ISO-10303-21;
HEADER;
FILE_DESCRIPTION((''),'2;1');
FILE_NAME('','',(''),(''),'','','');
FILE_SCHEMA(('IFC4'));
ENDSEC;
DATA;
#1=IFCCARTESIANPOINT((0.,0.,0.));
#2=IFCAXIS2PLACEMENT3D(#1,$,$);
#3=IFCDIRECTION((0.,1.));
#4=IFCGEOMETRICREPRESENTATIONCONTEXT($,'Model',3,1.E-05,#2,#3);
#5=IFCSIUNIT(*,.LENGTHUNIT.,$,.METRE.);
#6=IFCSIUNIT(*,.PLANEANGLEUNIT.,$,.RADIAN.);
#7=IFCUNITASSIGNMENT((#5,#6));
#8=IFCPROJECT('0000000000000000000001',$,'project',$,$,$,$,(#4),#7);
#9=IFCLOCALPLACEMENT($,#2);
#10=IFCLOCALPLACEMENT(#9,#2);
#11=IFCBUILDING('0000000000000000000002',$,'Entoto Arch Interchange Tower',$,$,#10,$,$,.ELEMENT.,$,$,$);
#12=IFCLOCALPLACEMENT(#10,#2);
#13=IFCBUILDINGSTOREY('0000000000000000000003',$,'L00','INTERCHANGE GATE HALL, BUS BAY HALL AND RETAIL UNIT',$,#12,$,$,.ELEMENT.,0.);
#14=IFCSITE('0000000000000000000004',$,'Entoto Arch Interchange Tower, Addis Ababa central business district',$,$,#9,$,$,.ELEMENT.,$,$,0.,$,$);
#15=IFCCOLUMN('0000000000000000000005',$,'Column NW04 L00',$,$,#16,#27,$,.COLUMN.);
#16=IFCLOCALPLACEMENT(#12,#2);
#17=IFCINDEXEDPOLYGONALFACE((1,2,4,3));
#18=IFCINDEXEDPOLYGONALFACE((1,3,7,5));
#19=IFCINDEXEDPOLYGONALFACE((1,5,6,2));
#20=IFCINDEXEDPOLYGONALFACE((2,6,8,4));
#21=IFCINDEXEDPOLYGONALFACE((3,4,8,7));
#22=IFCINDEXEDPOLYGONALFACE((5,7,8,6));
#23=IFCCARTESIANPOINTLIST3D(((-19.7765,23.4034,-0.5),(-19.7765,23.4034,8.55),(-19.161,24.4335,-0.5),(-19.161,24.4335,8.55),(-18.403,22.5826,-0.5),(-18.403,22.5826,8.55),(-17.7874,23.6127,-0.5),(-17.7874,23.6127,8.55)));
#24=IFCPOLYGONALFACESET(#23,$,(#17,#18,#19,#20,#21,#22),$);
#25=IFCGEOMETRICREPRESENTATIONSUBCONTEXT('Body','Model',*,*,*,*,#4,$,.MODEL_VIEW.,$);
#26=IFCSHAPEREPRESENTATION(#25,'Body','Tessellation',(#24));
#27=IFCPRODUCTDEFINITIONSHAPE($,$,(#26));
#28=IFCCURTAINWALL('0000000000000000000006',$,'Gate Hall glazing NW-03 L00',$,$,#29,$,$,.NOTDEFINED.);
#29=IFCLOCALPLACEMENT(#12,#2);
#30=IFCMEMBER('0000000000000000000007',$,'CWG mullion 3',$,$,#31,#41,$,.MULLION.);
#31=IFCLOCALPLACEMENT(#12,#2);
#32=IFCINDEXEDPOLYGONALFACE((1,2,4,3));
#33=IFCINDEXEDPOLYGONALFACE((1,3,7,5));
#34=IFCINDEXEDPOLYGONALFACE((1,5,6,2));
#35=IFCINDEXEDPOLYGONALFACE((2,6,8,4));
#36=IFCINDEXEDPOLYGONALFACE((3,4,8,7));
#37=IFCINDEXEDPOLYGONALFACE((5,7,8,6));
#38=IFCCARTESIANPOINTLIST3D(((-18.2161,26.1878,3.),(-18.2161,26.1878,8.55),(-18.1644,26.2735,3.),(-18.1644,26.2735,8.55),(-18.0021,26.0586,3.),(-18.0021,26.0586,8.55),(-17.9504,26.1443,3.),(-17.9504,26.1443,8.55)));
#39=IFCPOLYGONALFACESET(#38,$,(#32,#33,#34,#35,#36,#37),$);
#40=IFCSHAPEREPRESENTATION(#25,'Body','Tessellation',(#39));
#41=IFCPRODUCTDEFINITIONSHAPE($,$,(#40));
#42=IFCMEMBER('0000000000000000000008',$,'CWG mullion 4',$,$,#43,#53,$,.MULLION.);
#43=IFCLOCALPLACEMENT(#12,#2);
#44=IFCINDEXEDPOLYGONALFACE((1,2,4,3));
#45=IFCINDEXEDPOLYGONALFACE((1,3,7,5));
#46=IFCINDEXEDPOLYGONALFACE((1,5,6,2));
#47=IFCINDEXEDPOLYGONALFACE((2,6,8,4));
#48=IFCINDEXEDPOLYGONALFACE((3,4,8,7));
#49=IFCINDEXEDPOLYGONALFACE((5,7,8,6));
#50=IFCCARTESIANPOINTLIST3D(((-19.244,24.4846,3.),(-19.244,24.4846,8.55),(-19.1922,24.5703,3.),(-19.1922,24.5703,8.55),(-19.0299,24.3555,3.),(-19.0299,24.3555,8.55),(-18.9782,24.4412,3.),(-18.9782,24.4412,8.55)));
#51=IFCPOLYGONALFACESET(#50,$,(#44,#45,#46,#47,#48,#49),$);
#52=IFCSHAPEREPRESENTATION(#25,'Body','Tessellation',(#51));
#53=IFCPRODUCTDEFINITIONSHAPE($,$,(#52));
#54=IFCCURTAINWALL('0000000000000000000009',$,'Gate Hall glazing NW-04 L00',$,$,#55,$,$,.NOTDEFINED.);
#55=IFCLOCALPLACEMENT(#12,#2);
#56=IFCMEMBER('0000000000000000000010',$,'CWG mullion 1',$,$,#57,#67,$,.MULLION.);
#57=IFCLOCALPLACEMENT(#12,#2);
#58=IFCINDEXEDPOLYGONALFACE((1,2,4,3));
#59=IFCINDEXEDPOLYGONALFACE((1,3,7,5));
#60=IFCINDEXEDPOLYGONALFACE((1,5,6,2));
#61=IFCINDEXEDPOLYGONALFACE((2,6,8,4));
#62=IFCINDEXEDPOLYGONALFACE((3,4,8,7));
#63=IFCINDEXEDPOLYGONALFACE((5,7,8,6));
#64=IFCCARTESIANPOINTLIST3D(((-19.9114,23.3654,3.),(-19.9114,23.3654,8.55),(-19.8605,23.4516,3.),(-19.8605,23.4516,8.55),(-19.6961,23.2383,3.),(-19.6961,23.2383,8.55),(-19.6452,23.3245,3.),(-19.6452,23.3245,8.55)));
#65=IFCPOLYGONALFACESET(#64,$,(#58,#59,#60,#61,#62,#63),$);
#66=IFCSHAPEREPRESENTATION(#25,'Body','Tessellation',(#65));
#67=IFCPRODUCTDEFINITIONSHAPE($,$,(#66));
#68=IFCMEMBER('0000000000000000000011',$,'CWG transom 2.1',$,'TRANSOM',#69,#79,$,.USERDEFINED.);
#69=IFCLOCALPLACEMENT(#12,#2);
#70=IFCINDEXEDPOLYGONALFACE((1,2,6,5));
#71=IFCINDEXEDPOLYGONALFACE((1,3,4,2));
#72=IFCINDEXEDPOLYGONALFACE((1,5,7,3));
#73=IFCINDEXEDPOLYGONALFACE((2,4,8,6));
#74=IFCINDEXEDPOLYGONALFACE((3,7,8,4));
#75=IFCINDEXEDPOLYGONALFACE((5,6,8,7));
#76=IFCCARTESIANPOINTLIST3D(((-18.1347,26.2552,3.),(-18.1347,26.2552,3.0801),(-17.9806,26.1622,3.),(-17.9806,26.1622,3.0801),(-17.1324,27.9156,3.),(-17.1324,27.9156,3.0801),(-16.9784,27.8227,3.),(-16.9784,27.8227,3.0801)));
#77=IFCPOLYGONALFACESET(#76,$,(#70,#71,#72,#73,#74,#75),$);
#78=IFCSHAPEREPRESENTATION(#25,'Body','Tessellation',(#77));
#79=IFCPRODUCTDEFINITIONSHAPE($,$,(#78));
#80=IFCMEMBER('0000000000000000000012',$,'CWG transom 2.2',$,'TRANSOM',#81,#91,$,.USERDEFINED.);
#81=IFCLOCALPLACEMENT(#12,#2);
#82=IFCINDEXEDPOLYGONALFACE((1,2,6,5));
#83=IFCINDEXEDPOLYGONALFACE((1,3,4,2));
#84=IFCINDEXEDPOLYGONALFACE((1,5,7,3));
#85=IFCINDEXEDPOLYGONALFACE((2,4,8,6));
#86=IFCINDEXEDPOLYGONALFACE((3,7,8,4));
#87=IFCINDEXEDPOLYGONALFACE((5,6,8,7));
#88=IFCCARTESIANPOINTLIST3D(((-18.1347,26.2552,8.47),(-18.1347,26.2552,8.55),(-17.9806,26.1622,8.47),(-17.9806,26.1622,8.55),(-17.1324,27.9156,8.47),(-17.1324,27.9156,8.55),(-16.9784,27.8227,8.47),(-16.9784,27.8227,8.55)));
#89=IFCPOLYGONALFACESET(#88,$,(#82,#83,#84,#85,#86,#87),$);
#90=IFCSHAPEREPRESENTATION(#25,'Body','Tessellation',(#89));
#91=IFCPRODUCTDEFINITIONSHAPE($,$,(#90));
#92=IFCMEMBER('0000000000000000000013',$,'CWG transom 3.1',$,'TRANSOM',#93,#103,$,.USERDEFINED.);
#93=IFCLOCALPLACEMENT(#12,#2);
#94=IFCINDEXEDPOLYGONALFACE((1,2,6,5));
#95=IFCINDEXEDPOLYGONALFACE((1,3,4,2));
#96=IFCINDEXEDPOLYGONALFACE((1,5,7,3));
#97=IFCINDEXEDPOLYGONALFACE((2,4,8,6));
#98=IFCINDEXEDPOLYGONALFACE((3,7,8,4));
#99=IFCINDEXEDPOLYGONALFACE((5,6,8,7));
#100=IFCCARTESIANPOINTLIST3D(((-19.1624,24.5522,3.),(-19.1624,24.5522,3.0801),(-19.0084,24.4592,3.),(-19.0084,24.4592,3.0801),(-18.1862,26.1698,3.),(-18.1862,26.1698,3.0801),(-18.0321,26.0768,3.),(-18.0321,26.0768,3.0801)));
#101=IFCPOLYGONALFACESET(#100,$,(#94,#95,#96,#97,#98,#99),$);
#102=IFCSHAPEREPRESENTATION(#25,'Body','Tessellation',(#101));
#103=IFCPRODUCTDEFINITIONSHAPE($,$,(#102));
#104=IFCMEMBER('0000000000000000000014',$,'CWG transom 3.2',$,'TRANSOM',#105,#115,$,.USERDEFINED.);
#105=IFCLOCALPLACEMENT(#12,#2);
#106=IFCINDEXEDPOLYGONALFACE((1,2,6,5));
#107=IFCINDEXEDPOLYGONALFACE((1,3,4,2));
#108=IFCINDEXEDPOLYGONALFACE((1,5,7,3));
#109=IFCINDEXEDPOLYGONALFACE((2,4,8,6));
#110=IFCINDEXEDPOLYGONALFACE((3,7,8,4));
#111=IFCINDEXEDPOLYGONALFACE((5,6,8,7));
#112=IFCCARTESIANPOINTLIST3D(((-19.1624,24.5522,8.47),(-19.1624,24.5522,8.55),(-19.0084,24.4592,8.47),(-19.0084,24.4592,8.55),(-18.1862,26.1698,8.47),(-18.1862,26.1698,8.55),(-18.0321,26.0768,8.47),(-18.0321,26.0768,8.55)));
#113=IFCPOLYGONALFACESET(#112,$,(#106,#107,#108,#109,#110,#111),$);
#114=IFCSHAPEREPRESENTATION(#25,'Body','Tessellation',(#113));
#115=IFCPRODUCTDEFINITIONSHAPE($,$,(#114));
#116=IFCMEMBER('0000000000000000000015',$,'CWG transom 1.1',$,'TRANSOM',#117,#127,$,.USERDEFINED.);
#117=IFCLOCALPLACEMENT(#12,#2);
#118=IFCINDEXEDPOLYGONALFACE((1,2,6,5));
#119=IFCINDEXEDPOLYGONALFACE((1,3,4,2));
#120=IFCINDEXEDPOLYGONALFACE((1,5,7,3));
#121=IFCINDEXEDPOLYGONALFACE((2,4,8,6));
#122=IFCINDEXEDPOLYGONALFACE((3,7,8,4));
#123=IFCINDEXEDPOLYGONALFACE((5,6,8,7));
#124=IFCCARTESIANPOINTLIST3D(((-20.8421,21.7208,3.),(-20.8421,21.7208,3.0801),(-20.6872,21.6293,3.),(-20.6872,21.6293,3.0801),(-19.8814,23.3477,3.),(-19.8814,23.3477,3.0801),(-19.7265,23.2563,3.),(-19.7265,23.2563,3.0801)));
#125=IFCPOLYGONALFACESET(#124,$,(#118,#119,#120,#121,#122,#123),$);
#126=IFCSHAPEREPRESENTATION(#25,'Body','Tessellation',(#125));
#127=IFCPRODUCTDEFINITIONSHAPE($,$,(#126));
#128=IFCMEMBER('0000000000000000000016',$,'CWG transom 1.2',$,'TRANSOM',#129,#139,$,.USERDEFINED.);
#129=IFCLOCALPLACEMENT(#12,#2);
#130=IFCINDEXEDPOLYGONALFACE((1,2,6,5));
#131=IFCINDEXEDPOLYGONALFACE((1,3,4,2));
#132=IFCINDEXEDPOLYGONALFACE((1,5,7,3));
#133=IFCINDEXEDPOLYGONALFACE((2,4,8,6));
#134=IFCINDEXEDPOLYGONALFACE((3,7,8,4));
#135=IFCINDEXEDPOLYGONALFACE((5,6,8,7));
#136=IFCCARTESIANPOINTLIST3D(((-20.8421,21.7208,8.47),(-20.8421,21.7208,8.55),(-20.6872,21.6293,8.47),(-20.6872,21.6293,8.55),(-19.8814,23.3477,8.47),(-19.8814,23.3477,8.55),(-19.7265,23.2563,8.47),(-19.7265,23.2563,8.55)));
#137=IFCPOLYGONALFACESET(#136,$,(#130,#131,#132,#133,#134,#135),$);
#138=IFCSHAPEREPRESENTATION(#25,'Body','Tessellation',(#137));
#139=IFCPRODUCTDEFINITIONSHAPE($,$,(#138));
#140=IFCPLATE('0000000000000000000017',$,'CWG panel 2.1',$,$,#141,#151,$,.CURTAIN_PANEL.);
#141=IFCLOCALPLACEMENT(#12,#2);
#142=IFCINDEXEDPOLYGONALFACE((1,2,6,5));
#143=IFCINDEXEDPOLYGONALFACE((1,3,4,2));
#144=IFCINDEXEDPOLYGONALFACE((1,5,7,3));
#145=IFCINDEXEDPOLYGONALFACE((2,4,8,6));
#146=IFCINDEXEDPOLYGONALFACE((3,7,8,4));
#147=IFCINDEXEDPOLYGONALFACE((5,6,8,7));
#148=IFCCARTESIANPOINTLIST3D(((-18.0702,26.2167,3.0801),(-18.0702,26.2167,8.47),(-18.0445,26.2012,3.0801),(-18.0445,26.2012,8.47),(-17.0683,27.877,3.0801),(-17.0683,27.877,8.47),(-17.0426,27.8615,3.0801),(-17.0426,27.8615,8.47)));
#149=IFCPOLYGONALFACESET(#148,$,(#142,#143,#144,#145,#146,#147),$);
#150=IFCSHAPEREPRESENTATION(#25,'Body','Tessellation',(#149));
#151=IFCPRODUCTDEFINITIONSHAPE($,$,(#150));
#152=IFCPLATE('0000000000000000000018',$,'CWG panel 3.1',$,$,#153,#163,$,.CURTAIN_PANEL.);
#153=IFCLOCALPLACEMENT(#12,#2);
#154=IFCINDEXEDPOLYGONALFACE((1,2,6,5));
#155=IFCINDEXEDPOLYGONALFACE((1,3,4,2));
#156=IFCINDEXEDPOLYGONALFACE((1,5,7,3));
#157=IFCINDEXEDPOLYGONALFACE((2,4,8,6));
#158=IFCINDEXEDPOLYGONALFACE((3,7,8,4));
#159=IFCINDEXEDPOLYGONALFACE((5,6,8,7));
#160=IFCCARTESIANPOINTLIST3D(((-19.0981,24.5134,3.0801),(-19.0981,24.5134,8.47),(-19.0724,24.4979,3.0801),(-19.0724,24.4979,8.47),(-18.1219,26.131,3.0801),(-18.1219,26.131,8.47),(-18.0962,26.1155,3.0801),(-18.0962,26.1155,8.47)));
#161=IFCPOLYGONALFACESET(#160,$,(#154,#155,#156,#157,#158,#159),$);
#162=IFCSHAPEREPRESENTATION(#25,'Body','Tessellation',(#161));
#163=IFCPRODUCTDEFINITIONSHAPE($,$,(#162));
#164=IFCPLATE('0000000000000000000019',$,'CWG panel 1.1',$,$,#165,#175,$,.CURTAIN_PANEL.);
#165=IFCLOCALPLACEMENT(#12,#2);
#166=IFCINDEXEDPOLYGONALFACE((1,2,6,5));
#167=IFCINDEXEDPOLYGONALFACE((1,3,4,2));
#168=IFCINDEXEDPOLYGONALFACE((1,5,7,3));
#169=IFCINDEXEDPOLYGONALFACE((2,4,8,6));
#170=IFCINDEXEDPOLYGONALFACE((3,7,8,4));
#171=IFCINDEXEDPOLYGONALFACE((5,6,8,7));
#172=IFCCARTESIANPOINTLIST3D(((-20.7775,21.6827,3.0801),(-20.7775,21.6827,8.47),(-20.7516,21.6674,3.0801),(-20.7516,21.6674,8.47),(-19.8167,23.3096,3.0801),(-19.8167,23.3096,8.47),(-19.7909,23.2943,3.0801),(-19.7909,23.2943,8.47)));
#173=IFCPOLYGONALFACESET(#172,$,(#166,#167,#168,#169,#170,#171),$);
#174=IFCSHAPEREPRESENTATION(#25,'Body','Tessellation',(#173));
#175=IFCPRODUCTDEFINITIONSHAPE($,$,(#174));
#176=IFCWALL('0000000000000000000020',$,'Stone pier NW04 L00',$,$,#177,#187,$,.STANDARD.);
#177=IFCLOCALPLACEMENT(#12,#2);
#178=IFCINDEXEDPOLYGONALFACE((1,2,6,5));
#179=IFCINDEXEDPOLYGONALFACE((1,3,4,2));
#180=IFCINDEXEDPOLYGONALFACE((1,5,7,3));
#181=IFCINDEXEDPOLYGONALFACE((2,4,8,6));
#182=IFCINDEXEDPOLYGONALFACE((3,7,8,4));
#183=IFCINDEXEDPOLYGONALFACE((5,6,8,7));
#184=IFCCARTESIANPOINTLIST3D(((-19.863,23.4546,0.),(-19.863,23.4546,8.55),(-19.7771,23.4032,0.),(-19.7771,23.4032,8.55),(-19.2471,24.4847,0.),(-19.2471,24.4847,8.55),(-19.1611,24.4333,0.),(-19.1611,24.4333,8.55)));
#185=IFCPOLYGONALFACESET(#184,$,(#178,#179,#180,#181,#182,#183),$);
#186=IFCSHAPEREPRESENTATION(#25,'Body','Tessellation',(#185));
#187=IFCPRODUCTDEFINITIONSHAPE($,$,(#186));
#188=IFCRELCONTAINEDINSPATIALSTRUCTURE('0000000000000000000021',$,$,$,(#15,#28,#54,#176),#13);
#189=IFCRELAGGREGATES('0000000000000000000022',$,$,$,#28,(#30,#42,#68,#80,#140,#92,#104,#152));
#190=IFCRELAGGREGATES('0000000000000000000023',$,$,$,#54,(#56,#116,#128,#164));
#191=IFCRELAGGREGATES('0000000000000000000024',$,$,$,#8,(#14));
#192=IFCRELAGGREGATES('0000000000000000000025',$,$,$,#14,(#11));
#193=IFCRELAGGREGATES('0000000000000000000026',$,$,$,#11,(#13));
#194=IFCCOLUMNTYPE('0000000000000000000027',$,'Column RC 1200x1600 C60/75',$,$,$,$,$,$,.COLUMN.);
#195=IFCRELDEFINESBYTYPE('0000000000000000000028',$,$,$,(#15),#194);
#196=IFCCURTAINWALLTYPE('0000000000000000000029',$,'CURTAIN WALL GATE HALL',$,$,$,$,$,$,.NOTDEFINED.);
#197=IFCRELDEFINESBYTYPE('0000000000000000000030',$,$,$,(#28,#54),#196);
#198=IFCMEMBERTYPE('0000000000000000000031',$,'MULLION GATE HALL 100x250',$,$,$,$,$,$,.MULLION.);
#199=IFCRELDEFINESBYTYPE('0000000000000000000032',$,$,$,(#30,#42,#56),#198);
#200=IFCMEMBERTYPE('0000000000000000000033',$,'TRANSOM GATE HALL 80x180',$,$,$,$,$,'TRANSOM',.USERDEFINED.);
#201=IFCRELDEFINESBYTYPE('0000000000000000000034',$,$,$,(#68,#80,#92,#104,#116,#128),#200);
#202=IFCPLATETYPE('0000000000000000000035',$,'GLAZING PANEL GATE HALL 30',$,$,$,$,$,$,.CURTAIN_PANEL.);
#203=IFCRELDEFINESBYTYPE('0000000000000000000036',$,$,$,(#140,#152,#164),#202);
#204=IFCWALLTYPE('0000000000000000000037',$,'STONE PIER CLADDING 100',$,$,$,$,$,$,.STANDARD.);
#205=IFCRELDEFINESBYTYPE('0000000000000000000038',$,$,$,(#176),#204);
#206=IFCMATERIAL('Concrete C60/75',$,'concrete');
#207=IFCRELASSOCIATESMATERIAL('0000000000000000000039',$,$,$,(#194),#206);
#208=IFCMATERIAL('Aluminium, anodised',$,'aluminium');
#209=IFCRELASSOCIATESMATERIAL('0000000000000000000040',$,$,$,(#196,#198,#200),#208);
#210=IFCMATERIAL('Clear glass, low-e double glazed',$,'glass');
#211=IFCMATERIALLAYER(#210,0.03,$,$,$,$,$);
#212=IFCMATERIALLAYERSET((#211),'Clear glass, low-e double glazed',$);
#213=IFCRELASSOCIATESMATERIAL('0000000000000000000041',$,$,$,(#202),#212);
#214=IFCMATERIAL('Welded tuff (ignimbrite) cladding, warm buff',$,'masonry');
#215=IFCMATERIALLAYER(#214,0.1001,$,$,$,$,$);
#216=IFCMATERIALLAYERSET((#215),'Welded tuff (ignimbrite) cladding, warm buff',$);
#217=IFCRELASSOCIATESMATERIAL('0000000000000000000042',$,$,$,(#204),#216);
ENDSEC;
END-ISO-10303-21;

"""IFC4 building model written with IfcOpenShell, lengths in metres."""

from ifc_helpers import new_model, si_unit, direction, frame, frame_2d, origin, origin_2d, place, context, subcontext, project, spatial, rectangle, extrude, material, layer, layer_set, material_profile, profile_set, type_object, element, aggregate, save


model = new_model("IFC4")

# Units and contexts
model_context = context("Model", 3, precision=1e-05, world=origin(), true_north=direction((0.0, 1.0)))
body_context = subcontext(model_context, "Body", "Model", "MODEL_VIEW")
ifc_project = project(units=[si_unit("LENGTHUNIT", "METRE"), si_unit("PLANEANGLEUNIT", "RADIAN")], contexts=[model_context])

# Site, building, storey
site_placement = place(None, origin())
site = spatial("IfcSite", under=ifc_project, at=site_placement, Name="Entoto Arch Interchange Tower, Addis Ababa central business district", CompositionType="ELEMENT", RefElevation=0.0)
building_placement = place(site_placement, origin())
building = spatial("IfcBuilding", under=site, at=building_placement, Name="Entoto Arch Interchange Tower", CompositionType="ELEMENT")
storey_placement = place(building_placement, origin())
storey = spatial("IfcBuildingStorey", under=building, at=storey_placement, Name="L00", Description="INTERCHANGE GATE HALL, BUS BAY HALL AND RETAIL UNIT", CompositionType="ELEMENT", Elevation=0.0)

# Column
ifc_material_1 = material(Name="Concrete C60/75", Category="concrete")
ifc_material_profile_1 = material_profile(ifc_material_1, rectangle(XDim=1.2, YDim=1.6001, at=origin_2d()))
ifc_profile_set_1 = profile_set([ifc_material_profile_1], Name="Concrete C60/75")
column_type = type_object("IfcColumnType", Name="Column RC 1200x1600 C60/75", PredefinedType="COLUMN", material=ifc_profile_set_1)
column_placement = place(storey_placement, frame((-18.782, 23.5081, -0.5), z_axis=(0.0, 0.0, 1.0), x_axis=(0.512972, 0.858405, 0.0)))
element("IfcColumn", 1, at=column_placement, inside=storey, type_object=column_type, Name="Column NW04 L00", PredefinedType="COLUMN", context=body_context, shape_type="SweptSolid", body=[
    extrude(rectangle(XDim=1.2, YDim=1.6001, at=origin_2d()), origin(), (0.0, 0.0, 1.0), 9.05),
])

# Curtain wall, members
ifc_material_2 = material(Name="Aluminium, anodised", Category="aluminium")
curtain_wall_type = type_object("IfcCurtainWallType", Name="CURTAIN WALL GATE HALL", PredefinedType="NOTDEFINED", material=ifc_material_2)
curtain_wall_1_placement = place(storey_placement, origin())
curtain_wall_1 = element("IfcCurtainWall", 2, at=curtain_wall_1_placement, inside=storey, type_object=curtain_wall_type, Name="Gate Hall glazing NW-03 L00", PredefinedType="NOTDEFINED")
ifc_material_profile_2 = material_profile(ifc_material_2, rectangle(XDim=0.25, YDim=0.1001, at=origin_2d()))
ifc_profile_set_2 = profile_set([ifc_material_profile_2], Name="Aluminium, anodised")
member_type_1 = type_object("IfcMemberType", Name="MULLION GATE HALL 100x250", PredefinedType="MULLION", material=ifc_profile_set_2)
member_1_placement = place(storey_placement, frame((-18.0833, 26.166, 3.0), z_axis=(0.0, 0.0, 1.0), x_axis=(0.856178, -0.516681, 0.0)))
member_1 = element("IfcMember", 3, at=member_1_placement, type_object=member_type_1, Name="CWG mullion 3", PredefinedType="MULLION", context=body_context, shape_type="SweptSolid", body=[
    extrude(rectangle(XDim=0.25, YDim=0.1001, at=origin_2d()), origin(), (0.0, 0.0, 1.0), 5.55),
])
member_2_placement = place(storey_placement, frame((-19.1111, 24.4629, 3.0), z_axis=(0.0, 0.0, 1.0), x_axis=(0.856178, -0.516681, 0.0)))
member_2 = element("IfcMember", 4, at=member_2_placement, type_object=member_type_1, Name="CWG mullion 4", PredefinedType="MULLION", context=body_context, shape_type="SweptSolid", body=[
    extrude(rectangle(XDim=0.25, YDim=0.1001, at=origin_2d()), origin(), (0.0, 0.0, 1.0), 5.55),
])

# Curtain wall, member
curtain_wall_2_placement = place(storey_placement, origin())
curtain_wall_2 = element("IfcCurtainWall", 5, at=curtain_wall_2_placement, inside=storey, type_object=curtain_wall_type, Name="Gate Hall glazing NW-04 L00", PredefinedType="NOTDEFINED")
member_3_placement = place(storey_placement, frame((-19.7783, 23.345, 3.0), z_axis=(0.0, 0.0, 1.0), x_axis=(0.861063, -0.508498, 0.0)))
member_3 = element("IfcMember", 6, at=member_3_placement, type_object=member_type_1, Name="CWG mullion 1", PredefinedType="MULLION", context=body_context, shape_type="SweptSolid", body=[
    extrude(rectangle(XDim=0.25, YDim=0.1001, at=origin_2d()), origin(), (0.0, 0.0, 1.0), 5.55),
])

# Members
ifc_material_profile_3 = material_profile(ifc_material_2, rectangle(XDim=0.1799, YDim=0.0801, at=origin_2d()))
ifc_profile_set_3 = profile_set([ifc_material_profile_3], Name="Aluminium, anodised")
member_type_2 = type_object("IfcMemberType", Name="TRANSOM GATE HALL 80x180", ElementType="TRANSOM", PredefinedType="USERDEFINED", material=ifc_profile_set_3)
member_4_placement = place(storey_placement, frame((-17.0554, 27.8691, 3.04), z_axis=(-0.516752, -0.856135, 0.0), x_axis=(0.856135, -0.516752, 0.0)))
member_4 = element("IfcMember", 7, at=member_4_placement, type_object=member_type_2, Name="CWG transom 2.1", ObjectType="TRANSOM", PredefinedType="USERDEFINED", context=body_context, shape_type="SweptSolid", body=[
    extrude(rectangle(XDim=0.1799, YDim=0.0801, at=origin_2d()), origin(), (0.0, 0.0, 1.0), 1.9395),
])
member_5_placement = place(storey_placement, frame((-17.0554, 27.8691, 8.51), z_axis=(-0.516752, -0.856135, 0.0), x_axis=(0.856135, -0.516752, 0.0)))
member_5 = element("IfcMember", 8, at=member_5_placement, type_object=member_type_2, Name="CWG transom 2.2", ObjectType="TRANSOM", PredefinedType="USERDEFINED", context=body_context, shape_type="SweptSolid", body=[
    extrude(rectangle(XDim=0.1799, YDim=0.0801, at=origin_2d()), origin(), (0.0, 0.0, 1.0), 1.9395),
])
member_6_placement = place(storey_placement, frame((-18.1091, 26.1233, 3.04), z_axis=(-0.516717, -0.856156, 0.0), x_axis=(0.856156, -0.516717, 0.0)))
member_6 = element("IfcMember", 9, at=member_6_placement, type_object=member_type_2, Name="CWG transom 3.1", ObjectType="TRANSOM", PredefinedType="USERDEFINED", context=body_context, shape_type="SweptSolid", body=[
    extrude(rectangle(XDim=0.1799, YDim=0.0801, at=origin_2d()), origin(), (0.0, 0.0, 1.0), 1.8894),
])
member_7_placement = place(storey_placement, frame((-18.1091, 26.1233, 8.51), z_axis=(-0.516717, -0.856156, 0.0), x_axis=(0.856156, -0.516717, 0.0)))
member_7 = element("IfcMember", 10, at=member_7_placement, type_object=member_type_2, Name="CWG transom 3.2", ObjectType="TRANSOM", PredefinedType="USERDEFINED", context=body_context, shape_type="SweptSolid", body=[
    extrude(rectangle(XDim=0.1799, YDim=0.0801, at=origin_2d()), origin(), (0.0, 0.0, 1.0), 1.8894),
])
member_8_placement = place(storey_placement, frame((-19.804, 23.302, 3.04), z_axis=(-0.508459, -0.861086, 0.0), x_axis=(0.861086, -0.508459, 0.0)))
member_8 = element("IfcMember", 11, at=member_8_placement, type_object=member_type_2, Name="CWG transom 1.1", ObjectType="TRANSOM", PredefinedType="USERDEFINED", context=body_context, shape_type="SweptSolid", body=[
    extrude(rectangle(XDim=0.1799, YDim=0.0801, at=origin_2d()), origin(), (0.0, 0.0, 1.0), 1.8894),
])
member_9_placement = place(storey_placement, frame((-19.804, 23.302, 8.51), z_axis=(-0.508459, -0.861086, 0.0), x_axis=(0.861086, -0.508459, 0.0)))
member_9 = element("IfcMember", 12, at=member_9_placement, type_object=member_type_2, Name="CWG transom 1.2", ObjectType="TRANSOM", PredefinedType="USERDEFINED", context=body_context, shape_type="SweptSolid", body=[
    extrude(rectangle(XDim=0.1799, YDim=0.0801, at=origin_2d()), origin(), (0.0, 0.0, 1.0), 1.8894),
])

# Plates
ifc_material_3 = material(Name="Clear glass, low-e double glazed", Category="glass")
ifc_layer_1 = layer(ifc_material_3, 0.03)
ifc_layer_set_1 = layer_set([ifc_layer_1], Name="Clear glass, low-e double glazed")
plate_type = type_object("IfcPlateType", Name="GLAZING PANEL GATE HALL 30", PredefinedType="CURTAIN_PANEL", material=ifc_layer_set_1)
plate_1_placement = place(storey_placement, frame((-17.5564, 27.0391, 3.0801), z_axis=(0.0, 0.0, 1.0), x_axis=(-0.516681, -0.856178, 0.0)))
plate_1 = element("IfcPlate", 13, at=plate_1_placement, type_object=plate_type, Name="CWG panel 2.1", PredefinedType="CURTAIN_PANEL", context=body_context, shape_type="SweptSolid", body=[
    extrude(rectangle(XDim=1.9392, YDim=0.03, at=origin_2d()), origin(), (0.0, 0.0, 1.0), 5.3899),
])
plate_2_placement = place(storey_placement, frame((-18.5972, 25.3145, 3.0801), z_axis=(0.0, 0.0, 1.0), x_axis=(-0.516681, -0.856178, 0.0)))
plate_2 = element("IfcPlate", 14, at=plate_2_placement, type_object=plate_type, Name="CWG panel 3.1", PredefinedType="CURTAIN_PANEL", context=body_context, shape_type="SweptSolid", body=[
    extrude(rectangle(XDim=1.8894, YDim=0.03, at=origin_2d()), origin(), (0.0, 0.0, 1.0), 5.3899),
])
aggregate(curtain_wall_1, [member_1, member_2, member_4, member_5, plate_1, member_6, member_7, plate_2])
plate_3_placement = place(storey_placement, frame((-20.2842, 22.4885, 3.0801), z_axis=(0.0, 0.0, 1.0), x_axis=(-0.508498, -0.861063, 0.0)))
plate_3 = element("IfcPlate", 15, at=plate_3_placement, type_object=plate_type, Name="CWG panel 1.1", PredefinedType="CURTAIN_PANEL", context=body_context, shape_type="SweptSolid", body=[
    extrude(rectangle(XDim=1.8894, YDim=0.03, at=origin_2d()), origin(), (0.0, 0.0, 1.0), 5.3899),
])
aggregate(curtain_wall_2, [member_3, member_8, member_9, plate_3])

# Shared definitions
ifc_material_4 = material(Name="Welded tuff (ignimbrite) cladding, warm buff", Category="masonry")

# Wall
ifc_layer_2 = layer(ifc_material_4, 0.1001)
ifc_layer_set_2 = layer_set([ifc_layer_2], Name="Welded tuff (ignimbrite) cladding, warm buff")
wall_type_1 = type_object("IfcWallType", Name="STONE PIER CLADDING 100", PredefinedType="STANDARD", material=ifc_layer_set_2)
wall_1_placement = place(storey_placement, frame((-19.2041, 24.459, 0.0), z_axis=(0.0, 0.0, 1.0), x_axis=(-0.513239, -0.858246, 0.0)))
element("IfcWall", 16, at=wall_1_placement, inside=storey, type_object=wall_type_1, Name="Stone pier NW04 L00", PredefinedType="STANDARD", context=body_context, shape_type="SweptSolid", body=[
    extrude(rectangle(XDim=1.2002, YDim=0.1001, at=frame_2d((0.6001, 0.0))), origin(), (0.0, 0.0, 1.0), 8.55),
])

save(model, "model.ifc")
